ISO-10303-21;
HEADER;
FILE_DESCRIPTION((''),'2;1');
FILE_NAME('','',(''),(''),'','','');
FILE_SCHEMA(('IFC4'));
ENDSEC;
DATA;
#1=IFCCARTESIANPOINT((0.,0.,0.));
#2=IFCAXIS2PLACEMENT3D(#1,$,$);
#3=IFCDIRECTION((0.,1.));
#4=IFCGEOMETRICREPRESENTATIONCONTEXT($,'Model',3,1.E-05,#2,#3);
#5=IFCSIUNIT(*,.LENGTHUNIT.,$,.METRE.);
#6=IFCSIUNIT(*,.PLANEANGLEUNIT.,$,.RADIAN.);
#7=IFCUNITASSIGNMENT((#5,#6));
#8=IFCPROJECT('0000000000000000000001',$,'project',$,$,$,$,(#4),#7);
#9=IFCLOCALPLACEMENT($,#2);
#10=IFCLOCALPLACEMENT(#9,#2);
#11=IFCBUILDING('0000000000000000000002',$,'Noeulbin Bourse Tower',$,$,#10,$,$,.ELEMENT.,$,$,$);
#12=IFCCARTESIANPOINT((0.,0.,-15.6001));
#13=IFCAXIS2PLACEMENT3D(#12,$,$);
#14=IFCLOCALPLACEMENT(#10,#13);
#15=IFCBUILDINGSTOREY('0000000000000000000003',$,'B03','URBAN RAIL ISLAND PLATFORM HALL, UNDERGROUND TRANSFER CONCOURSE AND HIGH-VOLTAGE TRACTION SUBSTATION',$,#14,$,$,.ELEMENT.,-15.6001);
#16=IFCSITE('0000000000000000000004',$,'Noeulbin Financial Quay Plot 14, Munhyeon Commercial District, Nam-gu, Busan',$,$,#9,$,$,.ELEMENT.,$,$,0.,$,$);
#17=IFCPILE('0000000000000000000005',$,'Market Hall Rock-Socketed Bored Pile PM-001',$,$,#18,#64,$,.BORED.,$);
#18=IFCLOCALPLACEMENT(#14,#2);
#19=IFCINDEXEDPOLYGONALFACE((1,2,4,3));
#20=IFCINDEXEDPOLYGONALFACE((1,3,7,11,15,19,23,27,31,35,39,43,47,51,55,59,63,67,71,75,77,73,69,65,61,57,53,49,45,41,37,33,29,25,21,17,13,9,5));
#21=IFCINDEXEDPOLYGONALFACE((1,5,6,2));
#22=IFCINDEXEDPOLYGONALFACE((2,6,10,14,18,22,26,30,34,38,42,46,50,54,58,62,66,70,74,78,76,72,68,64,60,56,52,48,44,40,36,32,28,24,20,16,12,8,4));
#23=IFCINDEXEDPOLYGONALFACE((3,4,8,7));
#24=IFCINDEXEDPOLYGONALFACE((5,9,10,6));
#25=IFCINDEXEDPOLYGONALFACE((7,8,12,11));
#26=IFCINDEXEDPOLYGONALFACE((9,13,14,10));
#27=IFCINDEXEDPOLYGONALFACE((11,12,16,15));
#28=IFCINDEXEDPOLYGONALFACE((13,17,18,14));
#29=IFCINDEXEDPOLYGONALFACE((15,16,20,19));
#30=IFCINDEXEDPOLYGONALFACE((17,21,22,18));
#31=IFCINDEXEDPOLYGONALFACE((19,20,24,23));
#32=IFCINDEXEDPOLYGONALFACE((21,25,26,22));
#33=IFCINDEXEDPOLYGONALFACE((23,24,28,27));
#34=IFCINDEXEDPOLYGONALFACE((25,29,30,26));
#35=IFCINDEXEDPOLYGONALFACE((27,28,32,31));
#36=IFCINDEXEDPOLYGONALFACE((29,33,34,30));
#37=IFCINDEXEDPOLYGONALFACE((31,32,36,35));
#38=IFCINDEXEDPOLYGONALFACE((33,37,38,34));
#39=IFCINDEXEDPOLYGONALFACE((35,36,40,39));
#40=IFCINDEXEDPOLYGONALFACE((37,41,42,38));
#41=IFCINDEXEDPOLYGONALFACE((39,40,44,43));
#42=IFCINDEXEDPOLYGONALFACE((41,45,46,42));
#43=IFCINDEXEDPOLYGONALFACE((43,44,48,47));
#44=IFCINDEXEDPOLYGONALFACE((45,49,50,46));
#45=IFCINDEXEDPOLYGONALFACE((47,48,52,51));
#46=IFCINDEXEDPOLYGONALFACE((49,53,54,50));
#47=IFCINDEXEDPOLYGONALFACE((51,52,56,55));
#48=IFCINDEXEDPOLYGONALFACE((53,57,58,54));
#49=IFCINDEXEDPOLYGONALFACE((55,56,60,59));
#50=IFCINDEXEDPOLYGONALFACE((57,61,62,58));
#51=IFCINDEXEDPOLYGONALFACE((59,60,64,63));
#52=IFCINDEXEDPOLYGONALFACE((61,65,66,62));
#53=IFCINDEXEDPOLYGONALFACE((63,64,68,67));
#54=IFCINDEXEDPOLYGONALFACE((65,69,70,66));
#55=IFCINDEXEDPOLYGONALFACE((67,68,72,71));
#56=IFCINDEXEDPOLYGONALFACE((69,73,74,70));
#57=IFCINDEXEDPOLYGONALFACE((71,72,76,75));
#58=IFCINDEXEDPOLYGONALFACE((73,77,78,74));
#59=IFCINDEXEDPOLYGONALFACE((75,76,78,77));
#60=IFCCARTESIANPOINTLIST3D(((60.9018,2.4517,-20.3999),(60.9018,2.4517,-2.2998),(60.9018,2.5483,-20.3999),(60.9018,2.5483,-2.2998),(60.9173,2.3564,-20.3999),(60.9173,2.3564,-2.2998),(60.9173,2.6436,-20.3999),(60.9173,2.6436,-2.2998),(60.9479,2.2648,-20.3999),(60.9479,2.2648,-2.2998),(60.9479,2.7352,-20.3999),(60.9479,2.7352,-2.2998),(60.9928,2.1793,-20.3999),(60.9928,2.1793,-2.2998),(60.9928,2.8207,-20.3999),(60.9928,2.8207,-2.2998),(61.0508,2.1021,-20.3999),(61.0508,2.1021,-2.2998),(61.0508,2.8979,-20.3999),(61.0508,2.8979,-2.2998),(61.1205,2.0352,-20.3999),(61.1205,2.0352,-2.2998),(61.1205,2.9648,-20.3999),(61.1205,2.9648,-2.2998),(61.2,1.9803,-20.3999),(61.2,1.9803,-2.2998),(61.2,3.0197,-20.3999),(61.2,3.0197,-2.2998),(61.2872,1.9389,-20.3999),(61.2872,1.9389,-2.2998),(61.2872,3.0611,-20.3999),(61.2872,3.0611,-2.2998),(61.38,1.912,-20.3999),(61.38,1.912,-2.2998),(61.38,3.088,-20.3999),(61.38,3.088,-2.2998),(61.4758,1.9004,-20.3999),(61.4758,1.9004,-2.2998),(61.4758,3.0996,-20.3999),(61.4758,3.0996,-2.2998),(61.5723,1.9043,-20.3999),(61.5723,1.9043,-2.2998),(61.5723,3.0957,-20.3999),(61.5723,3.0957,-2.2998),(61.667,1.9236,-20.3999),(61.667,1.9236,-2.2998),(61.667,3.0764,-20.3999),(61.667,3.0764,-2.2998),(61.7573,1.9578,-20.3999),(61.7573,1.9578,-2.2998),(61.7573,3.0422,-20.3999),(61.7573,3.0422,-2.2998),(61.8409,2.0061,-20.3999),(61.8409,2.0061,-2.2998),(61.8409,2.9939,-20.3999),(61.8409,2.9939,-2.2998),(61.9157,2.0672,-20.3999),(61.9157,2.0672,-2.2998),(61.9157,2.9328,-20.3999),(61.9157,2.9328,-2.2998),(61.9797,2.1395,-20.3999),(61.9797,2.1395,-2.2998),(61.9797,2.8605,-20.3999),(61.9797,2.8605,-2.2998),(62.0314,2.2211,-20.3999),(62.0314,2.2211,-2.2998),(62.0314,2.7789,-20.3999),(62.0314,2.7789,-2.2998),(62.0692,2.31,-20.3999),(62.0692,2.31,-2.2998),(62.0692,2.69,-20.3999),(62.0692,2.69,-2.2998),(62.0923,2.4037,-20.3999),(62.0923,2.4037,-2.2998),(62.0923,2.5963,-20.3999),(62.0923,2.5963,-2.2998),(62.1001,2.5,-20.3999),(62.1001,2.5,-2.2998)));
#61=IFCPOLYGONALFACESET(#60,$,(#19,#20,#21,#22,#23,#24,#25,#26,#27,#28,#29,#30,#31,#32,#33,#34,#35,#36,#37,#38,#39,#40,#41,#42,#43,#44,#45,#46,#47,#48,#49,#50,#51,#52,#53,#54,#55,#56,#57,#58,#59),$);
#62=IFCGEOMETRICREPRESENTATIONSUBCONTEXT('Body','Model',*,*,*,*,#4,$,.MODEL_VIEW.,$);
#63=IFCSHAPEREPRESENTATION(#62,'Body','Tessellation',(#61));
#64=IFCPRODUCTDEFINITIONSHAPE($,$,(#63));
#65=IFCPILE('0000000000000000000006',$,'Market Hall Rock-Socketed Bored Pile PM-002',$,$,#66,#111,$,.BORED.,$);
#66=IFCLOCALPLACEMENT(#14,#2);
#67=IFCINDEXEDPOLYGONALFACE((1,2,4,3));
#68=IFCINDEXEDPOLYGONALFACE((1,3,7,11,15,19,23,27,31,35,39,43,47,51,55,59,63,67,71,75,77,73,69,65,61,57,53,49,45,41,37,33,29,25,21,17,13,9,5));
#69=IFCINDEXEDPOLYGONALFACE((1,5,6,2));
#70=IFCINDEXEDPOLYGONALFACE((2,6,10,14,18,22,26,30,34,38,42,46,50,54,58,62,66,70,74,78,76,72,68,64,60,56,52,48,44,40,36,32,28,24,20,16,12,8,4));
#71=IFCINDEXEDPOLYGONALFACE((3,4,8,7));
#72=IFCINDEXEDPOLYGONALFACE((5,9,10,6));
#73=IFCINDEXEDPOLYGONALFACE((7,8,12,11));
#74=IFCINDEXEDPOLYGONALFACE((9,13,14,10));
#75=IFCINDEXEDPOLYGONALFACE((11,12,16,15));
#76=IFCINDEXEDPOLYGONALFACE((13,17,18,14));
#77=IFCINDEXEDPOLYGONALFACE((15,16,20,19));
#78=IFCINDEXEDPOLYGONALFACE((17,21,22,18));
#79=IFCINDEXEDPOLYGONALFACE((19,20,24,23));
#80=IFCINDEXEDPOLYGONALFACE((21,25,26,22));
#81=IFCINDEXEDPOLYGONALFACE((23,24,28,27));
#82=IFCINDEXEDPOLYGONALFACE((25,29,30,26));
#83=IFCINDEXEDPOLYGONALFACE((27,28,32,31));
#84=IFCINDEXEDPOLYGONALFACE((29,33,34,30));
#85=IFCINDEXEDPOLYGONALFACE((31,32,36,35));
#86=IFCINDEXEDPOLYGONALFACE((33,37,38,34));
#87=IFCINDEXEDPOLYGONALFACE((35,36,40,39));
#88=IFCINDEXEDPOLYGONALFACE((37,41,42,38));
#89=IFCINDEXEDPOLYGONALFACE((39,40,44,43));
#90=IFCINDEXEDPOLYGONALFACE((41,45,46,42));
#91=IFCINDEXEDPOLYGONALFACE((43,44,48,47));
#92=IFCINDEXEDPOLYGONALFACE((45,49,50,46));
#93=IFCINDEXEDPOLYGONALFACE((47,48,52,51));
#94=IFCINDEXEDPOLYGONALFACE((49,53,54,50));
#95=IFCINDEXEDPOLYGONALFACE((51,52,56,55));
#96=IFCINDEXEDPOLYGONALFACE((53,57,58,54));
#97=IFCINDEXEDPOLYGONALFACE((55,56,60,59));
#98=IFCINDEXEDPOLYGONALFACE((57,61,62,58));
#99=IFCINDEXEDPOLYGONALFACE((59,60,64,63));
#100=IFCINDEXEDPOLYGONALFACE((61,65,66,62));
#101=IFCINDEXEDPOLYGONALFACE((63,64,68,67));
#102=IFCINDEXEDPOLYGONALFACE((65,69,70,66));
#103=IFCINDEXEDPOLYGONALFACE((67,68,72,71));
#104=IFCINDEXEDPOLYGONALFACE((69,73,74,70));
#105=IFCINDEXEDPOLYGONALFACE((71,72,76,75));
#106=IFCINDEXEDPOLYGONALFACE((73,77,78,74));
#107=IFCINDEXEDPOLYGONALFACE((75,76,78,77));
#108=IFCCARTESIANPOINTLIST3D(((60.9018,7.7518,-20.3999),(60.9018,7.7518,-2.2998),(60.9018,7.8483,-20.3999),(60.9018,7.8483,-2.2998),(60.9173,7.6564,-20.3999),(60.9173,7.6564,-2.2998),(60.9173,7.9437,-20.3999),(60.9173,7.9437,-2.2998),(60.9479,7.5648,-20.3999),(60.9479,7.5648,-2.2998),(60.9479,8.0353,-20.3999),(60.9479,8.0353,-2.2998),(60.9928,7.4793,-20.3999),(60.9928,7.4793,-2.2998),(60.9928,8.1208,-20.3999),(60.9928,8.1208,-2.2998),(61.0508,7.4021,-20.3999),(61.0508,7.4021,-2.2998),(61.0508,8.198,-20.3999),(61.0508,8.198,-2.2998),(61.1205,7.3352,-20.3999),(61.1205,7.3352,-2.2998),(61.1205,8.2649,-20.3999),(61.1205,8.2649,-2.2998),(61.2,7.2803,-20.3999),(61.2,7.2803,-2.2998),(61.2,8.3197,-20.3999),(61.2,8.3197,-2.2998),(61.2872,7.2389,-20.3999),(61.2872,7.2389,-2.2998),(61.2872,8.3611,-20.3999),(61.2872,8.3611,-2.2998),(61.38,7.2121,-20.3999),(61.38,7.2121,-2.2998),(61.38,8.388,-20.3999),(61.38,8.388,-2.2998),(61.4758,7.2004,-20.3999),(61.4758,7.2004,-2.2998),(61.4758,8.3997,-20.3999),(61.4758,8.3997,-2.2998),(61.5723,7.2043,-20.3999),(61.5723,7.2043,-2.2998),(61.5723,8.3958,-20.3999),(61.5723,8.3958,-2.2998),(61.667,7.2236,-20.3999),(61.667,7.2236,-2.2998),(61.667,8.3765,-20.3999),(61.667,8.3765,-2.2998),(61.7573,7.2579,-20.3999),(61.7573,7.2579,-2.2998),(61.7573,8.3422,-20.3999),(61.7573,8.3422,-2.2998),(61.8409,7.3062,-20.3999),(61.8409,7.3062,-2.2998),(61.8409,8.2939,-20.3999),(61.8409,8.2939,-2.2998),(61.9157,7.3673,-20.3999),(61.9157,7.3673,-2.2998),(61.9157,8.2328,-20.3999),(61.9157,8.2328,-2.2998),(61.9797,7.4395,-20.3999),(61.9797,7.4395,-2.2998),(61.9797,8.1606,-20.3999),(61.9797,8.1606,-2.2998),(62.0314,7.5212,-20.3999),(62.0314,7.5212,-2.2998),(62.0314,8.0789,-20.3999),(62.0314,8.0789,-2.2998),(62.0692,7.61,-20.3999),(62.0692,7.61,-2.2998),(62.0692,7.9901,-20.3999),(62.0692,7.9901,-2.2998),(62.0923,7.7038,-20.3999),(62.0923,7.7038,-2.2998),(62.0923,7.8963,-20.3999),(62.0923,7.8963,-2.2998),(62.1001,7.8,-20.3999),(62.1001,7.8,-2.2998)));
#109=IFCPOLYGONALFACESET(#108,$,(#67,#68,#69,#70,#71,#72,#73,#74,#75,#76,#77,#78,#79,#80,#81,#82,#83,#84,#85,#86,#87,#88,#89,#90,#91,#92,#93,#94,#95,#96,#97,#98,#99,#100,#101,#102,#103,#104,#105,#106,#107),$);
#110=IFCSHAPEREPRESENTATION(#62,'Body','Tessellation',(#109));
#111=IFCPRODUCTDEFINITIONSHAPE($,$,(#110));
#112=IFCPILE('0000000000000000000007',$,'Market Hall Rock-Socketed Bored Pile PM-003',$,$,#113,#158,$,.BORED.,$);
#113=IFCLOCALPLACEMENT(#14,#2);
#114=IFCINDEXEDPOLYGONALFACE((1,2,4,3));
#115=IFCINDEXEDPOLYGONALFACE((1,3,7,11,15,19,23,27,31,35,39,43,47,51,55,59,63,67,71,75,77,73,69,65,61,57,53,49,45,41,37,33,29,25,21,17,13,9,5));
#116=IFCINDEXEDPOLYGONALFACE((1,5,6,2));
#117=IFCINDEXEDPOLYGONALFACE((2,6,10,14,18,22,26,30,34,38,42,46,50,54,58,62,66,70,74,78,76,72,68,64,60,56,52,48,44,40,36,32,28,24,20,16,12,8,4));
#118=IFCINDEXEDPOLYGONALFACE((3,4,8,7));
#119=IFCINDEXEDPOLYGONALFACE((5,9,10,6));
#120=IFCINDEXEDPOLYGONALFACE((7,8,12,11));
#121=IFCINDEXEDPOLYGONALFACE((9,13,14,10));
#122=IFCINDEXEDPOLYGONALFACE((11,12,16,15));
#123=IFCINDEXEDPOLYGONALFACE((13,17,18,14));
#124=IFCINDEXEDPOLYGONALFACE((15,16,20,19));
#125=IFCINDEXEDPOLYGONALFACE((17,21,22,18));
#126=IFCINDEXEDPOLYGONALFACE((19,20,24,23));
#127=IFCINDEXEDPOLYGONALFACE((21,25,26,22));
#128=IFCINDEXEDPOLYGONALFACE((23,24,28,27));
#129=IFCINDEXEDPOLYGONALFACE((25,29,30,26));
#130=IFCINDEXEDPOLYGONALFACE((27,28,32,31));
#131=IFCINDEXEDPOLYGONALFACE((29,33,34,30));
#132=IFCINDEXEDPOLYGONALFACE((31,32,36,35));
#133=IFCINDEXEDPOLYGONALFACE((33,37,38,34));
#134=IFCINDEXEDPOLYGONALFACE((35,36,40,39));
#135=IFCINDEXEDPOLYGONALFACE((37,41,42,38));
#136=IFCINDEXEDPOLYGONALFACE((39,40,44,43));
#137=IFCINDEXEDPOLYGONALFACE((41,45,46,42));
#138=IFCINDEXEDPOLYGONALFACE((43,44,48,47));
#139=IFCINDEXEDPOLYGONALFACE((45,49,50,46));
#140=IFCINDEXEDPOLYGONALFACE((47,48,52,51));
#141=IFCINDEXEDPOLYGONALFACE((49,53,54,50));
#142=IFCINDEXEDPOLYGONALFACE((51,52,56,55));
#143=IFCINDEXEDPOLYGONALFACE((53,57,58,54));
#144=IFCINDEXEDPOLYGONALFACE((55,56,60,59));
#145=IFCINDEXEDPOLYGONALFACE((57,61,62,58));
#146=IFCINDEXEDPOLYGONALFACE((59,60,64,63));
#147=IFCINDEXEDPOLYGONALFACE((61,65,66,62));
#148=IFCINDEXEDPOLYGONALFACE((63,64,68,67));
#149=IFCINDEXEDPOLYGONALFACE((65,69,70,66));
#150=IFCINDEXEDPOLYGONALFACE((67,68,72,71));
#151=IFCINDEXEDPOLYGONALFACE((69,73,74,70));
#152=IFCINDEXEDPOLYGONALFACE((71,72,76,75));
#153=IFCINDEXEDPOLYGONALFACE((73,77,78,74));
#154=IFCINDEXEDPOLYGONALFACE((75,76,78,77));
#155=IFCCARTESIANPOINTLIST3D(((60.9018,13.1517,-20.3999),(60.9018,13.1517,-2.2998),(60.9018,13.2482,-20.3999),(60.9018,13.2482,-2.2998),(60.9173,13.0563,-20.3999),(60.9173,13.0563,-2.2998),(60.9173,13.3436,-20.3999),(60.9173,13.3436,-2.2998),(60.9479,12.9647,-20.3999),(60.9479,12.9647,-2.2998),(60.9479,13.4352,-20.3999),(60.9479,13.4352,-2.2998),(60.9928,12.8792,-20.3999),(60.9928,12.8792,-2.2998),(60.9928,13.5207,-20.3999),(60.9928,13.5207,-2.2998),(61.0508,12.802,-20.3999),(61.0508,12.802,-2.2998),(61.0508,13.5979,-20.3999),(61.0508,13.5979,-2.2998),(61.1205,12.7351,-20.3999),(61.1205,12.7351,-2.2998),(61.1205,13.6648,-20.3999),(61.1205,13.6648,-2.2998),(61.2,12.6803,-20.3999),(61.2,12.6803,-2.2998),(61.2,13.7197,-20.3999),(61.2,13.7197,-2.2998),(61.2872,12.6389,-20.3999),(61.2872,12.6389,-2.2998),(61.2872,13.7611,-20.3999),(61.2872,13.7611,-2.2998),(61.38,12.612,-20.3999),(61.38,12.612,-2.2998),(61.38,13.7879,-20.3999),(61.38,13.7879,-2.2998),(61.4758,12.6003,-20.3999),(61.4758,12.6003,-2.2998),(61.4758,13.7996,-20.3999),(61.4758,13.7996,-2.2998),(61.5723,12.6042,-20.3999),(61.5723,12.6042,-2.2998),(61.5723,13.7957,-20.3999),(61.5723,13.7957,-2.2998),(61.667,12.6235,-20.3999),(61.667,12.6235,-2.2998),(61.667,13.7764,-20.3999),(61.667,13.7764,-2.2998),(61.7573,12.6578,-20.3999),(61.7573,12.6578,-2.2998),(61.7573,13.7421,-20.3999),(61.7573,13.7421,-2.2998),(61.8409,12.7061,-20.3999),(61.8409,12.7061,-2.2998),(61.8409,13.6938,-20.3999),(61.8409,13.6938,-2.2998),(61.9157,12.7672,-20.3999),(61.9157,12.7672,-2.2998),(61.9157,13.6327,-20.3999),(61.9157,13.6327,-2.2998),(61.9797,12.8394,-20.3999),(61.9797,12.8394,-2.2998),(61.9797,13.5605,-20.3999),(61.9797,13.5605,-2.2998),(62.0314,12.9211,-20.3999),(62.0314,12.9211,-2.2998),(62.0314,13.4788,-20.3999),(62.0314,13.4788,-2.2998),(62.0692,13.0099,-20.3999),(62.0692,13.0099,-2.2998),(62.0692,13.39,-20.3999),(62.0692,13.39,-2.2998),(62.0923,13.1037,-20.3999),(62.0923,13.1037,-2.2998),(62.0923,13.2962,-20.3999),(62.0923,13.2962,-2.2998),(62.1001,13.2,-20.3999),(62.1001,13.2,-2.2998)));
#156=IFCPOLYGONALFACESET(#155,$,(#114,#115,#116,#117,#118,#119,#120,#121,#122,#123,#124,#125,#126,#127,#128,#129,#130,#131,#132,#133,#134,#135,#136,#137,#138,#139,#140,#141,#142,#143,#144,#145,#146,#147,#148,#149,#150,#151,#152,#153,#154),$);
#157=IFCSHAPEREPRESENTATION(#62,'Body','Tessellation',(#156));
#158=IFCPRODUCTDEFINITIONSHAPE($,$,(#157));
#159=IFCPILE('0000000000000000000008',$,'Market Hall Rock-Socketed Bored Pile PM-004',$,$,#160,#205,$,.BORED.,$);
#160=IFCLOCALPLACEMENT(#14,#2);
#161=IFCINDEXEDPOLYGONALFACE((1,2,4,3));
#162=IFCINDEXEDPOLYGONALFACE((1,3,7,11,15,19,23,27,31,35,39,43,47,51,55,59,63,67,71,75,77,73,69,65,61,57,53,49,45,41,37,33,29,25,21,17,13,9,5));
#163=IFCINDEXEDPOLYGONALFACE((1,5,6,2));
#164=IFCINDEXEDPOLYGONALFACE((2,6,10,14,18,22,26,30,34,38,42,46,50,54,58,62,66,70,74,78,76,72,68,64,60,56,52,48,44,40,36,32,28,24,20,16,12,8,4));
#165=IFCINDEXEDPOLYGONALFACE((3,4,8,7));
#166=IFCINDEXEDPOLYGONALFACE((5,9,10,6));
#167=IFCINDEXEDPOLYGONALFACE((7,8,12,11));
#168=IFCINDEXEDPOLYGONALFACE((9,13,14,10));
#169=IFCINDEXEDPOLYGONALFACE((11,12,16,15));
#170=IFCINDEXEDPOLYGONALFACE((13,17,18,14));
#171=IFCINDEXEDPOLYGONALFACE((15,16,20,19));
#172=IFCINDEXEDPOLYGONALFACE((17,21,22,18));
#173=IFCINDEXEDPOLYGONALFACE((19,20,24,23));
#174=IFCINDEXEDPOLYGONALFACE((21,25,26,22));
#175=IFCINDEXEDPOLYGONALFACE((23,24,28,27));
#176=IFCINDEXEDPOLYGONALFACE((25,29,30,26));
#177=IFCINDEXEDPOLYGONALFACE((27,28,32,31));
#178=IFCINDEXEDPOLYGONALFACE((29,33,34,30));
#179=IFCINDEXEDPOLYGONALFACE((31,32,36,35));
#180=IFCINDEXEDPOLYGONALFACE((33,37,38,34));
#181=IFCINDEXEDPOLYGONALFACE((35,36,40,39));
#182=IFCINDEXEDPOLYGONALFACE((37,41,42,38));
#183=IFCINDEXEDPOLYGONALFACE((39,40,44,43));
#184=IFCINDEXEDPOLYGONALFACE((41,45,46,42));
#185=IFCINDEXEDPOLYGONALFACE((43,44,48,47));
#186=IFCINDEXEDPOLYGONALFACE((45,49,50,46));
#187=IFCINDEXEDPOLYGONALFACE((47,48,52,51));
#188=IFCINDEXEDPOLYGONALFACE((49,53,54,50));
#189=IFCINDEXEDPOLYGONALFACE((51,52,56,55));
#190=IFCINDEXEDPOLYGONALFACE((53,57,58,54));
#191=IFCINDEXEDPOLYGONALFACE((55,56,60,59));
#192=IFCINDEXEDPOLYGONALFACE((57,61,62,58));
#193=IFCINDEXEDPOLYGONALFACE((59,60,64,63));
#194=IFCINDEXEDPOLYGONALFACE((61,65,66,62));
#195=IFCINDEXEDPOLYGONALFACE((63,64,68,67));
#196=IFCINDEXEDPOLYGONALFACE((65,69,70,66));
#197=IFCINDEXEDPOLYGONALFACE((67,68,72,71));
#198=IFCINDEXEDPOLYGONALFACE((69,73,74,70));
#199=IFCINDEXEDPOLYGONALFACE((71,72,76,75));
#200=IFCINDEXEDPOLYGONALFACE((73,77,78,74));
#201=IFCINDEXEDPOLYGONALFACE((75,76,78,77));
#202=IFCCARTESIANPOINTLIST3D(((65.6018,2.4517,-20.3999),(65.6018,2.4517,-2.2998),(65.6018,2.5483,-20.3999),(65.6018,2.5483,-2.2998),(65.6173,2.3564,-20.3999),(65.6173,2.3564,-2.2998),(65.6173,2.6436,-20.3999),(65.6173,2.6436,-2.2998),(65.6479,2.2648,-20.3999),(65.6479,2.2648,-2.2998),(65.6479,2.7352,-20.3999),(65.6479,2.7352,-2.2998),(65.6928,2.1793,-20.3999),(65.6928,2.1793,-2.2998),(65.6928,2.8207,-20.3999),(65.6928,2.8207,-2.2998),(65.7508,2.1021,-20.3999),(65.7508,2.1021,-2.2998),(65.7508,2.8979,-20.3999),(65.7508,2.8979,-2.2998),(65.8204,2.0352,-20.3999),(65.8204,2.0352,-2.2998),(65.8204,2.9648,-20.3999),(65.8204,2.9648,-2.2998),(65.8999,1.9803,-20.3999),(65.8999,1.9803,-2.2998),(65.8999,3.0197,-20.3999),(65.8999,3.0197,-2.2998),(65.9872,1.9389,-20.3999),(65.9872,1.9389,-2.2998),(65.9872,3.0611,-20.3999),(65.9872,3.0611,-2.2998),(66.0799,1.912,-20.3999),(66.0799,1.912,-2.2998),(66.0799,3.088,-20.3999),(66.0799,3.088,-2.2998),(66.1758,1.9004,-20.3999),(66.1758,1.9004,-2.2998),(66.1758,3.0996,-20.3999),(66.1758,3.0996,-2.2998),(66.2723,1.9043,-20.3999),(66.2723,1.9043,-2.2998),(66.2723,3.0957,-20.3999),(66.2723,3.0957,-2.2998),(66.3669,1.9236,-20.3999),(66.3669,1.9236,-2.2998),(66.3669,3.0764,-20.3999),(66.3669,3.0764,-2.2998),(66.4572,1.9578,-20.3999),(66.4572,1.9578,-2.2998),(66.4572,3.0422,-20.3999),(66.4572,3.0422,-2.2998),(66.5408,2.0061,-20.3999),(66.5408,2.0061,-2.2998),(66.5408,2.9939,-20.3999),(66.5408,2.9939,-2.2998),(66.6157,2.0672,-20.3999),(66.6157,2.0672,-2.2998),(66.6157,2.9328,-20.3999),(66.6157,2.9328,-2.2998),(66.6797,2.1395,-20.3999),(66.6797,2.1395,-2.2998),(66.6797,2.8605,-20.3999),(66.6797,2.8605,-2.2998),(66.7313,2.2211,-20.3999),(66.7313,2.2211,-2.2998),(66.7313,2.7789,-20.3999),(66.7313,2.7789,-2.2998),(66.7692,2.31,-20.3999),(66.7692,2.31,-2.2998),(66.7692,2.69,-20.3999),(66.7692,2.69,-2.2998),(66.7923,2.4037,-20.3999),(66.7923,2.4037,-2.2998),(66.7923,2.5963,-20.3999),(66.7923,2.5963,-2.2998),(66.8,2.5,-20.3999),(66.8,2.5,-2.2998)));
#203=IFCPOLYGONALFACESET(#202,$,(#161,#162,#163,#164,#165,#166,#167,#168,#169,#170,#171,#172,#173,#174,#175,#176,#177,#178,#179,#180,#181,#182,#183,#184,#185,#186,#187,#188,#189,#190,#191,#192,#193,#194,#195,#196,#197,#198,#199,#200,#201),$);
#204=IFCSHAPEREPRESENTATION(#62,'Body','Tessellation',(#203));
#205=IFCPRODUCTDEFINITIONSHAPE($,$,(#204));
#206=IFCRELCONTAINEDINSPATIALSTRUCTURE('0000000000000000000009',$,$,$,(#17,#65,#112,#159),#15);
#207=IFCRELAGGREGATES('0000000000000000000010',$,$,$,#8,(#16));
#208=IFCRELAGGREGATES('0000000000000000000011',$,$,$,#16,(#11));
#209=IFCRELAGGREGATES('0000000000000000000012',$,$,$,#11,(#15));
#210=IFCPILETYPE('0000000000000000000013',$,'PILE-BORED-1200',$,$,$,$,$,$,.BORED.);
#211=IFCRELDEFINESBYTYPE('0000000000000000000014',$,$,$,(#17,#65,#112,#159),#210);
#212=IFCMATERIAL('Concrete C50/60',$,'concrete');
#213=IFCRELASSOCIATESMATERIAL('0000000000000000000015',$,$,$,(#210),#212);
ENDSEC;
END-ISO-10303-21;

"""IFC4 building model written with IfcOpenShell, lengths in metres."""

from ifc_helpers import new_model, si_unit, direction, frame, origin, origin_2d, place, context, subcontext, project, spatial, circle, extrude, material, material_profile, profile_set, type_object, element, save


model = new_model("IFC4")

# Units and contexts
model_context = context("Model", 3, precision=1e-05, world=origin(), true_north=direction((0.0, 1.0)))
body_context = subcontext(model_context, "Body", "Model", "MODEL_VIEW")
ifc_project = project(units=[si_unit("LENGTHUNIT", "METRE"), si_unit("PLANEANGLEUNIT", "RADIAN")], contexts=[model_context])

# Site, building, storey
site_placement = place(None, origin())
site = spatial("IfcSite", under=ifc_project, at=site_placement, Name="Noeulbin Financial Quay Plot 14, Munhyeon Commercial District, Nam-gu, Busan", CompositionType="ELEMENT", RefElevation=0.0)
building_placement = place(site_placement, origin())
building = spatial("IfcBuilding", under=site, at=building_placement, Name="Noeulbin Bourse Tower", CompositionType="ELEMENT")
storey_placement = place(building_placement, frame((0.0, 0.0, -15.6001)))
storey = spatial("IfcBuildingStorey", under=building, at=storey_placement, Name="B03", Description="URBAN RAIL ISLAND PLATFORM HALL, UNDERGROUND TRANSFER CONCOURSE AND HIGH-VOLTAGE TRACTION SUBSTATION", CompositionType="ELEMENT", Elevation=-15.6001)

# Piles
ifc_material_1 = material(Name="Concrete C50/60", Category="concrete")
ifc_material_profile_1 = material_profile(ifc_material_1, circle(Radius=0.6001, at=origin_2d()), Name="PILE-D1200", Category="LoadBearing")
ifc_profile_set_1 = profile_set([ifc_material_profile_1], Name="Concrete C50/60")
pile_type = type_object("IfcPileType", Name="PILE-BORED-1200", PredefinedType="BORED", material=ifc_profile_set_1)
for number, where, z_axis, x_axis, name in (
    (1, (61.5, 2.5, -2.2998), (0.0, 0.0, -1.0), (1.0, 0.0, 0.0), "Market Hall Rock-Socketed Bored Pile PM-001"),
    (2, (61.5, 7.8, -2.2998), (0.0, 0.0, -1.0), (1.0, 0.0, 0.0), "Market Hall Rock-Socketed Bored Pile PM-002"),
    (3, (61.5, 13.2, -2.2998), (0.0, 0.0, -1.0), (1.0, 0.0, 0.0), "Market Hall Rock-Socketed Bored Pile PM-003"),
    (4, (66.2, 2.5, -2.2998), (0.0, 0.0, -1.0), (1.0, 0.0, 0.0), "Market Hall Rock-Socketed Bored Pile PM-004"),
):
    element("IfcPile", number, at=place(storey_placement, frame(where, z_axis=z_axis, x_axis=x_axis)), inside=storey, type_object=pile_type, Name=name, PredefinedType="BORED", context=body_context, shape_type="SweptSolid", body=[
        extrude(circle(Radius=0.6001, at=origin_2d()), origin(), (0.0, 0.0, 1.0), 18.1001),
    ])

save(model, "model.ifc")
